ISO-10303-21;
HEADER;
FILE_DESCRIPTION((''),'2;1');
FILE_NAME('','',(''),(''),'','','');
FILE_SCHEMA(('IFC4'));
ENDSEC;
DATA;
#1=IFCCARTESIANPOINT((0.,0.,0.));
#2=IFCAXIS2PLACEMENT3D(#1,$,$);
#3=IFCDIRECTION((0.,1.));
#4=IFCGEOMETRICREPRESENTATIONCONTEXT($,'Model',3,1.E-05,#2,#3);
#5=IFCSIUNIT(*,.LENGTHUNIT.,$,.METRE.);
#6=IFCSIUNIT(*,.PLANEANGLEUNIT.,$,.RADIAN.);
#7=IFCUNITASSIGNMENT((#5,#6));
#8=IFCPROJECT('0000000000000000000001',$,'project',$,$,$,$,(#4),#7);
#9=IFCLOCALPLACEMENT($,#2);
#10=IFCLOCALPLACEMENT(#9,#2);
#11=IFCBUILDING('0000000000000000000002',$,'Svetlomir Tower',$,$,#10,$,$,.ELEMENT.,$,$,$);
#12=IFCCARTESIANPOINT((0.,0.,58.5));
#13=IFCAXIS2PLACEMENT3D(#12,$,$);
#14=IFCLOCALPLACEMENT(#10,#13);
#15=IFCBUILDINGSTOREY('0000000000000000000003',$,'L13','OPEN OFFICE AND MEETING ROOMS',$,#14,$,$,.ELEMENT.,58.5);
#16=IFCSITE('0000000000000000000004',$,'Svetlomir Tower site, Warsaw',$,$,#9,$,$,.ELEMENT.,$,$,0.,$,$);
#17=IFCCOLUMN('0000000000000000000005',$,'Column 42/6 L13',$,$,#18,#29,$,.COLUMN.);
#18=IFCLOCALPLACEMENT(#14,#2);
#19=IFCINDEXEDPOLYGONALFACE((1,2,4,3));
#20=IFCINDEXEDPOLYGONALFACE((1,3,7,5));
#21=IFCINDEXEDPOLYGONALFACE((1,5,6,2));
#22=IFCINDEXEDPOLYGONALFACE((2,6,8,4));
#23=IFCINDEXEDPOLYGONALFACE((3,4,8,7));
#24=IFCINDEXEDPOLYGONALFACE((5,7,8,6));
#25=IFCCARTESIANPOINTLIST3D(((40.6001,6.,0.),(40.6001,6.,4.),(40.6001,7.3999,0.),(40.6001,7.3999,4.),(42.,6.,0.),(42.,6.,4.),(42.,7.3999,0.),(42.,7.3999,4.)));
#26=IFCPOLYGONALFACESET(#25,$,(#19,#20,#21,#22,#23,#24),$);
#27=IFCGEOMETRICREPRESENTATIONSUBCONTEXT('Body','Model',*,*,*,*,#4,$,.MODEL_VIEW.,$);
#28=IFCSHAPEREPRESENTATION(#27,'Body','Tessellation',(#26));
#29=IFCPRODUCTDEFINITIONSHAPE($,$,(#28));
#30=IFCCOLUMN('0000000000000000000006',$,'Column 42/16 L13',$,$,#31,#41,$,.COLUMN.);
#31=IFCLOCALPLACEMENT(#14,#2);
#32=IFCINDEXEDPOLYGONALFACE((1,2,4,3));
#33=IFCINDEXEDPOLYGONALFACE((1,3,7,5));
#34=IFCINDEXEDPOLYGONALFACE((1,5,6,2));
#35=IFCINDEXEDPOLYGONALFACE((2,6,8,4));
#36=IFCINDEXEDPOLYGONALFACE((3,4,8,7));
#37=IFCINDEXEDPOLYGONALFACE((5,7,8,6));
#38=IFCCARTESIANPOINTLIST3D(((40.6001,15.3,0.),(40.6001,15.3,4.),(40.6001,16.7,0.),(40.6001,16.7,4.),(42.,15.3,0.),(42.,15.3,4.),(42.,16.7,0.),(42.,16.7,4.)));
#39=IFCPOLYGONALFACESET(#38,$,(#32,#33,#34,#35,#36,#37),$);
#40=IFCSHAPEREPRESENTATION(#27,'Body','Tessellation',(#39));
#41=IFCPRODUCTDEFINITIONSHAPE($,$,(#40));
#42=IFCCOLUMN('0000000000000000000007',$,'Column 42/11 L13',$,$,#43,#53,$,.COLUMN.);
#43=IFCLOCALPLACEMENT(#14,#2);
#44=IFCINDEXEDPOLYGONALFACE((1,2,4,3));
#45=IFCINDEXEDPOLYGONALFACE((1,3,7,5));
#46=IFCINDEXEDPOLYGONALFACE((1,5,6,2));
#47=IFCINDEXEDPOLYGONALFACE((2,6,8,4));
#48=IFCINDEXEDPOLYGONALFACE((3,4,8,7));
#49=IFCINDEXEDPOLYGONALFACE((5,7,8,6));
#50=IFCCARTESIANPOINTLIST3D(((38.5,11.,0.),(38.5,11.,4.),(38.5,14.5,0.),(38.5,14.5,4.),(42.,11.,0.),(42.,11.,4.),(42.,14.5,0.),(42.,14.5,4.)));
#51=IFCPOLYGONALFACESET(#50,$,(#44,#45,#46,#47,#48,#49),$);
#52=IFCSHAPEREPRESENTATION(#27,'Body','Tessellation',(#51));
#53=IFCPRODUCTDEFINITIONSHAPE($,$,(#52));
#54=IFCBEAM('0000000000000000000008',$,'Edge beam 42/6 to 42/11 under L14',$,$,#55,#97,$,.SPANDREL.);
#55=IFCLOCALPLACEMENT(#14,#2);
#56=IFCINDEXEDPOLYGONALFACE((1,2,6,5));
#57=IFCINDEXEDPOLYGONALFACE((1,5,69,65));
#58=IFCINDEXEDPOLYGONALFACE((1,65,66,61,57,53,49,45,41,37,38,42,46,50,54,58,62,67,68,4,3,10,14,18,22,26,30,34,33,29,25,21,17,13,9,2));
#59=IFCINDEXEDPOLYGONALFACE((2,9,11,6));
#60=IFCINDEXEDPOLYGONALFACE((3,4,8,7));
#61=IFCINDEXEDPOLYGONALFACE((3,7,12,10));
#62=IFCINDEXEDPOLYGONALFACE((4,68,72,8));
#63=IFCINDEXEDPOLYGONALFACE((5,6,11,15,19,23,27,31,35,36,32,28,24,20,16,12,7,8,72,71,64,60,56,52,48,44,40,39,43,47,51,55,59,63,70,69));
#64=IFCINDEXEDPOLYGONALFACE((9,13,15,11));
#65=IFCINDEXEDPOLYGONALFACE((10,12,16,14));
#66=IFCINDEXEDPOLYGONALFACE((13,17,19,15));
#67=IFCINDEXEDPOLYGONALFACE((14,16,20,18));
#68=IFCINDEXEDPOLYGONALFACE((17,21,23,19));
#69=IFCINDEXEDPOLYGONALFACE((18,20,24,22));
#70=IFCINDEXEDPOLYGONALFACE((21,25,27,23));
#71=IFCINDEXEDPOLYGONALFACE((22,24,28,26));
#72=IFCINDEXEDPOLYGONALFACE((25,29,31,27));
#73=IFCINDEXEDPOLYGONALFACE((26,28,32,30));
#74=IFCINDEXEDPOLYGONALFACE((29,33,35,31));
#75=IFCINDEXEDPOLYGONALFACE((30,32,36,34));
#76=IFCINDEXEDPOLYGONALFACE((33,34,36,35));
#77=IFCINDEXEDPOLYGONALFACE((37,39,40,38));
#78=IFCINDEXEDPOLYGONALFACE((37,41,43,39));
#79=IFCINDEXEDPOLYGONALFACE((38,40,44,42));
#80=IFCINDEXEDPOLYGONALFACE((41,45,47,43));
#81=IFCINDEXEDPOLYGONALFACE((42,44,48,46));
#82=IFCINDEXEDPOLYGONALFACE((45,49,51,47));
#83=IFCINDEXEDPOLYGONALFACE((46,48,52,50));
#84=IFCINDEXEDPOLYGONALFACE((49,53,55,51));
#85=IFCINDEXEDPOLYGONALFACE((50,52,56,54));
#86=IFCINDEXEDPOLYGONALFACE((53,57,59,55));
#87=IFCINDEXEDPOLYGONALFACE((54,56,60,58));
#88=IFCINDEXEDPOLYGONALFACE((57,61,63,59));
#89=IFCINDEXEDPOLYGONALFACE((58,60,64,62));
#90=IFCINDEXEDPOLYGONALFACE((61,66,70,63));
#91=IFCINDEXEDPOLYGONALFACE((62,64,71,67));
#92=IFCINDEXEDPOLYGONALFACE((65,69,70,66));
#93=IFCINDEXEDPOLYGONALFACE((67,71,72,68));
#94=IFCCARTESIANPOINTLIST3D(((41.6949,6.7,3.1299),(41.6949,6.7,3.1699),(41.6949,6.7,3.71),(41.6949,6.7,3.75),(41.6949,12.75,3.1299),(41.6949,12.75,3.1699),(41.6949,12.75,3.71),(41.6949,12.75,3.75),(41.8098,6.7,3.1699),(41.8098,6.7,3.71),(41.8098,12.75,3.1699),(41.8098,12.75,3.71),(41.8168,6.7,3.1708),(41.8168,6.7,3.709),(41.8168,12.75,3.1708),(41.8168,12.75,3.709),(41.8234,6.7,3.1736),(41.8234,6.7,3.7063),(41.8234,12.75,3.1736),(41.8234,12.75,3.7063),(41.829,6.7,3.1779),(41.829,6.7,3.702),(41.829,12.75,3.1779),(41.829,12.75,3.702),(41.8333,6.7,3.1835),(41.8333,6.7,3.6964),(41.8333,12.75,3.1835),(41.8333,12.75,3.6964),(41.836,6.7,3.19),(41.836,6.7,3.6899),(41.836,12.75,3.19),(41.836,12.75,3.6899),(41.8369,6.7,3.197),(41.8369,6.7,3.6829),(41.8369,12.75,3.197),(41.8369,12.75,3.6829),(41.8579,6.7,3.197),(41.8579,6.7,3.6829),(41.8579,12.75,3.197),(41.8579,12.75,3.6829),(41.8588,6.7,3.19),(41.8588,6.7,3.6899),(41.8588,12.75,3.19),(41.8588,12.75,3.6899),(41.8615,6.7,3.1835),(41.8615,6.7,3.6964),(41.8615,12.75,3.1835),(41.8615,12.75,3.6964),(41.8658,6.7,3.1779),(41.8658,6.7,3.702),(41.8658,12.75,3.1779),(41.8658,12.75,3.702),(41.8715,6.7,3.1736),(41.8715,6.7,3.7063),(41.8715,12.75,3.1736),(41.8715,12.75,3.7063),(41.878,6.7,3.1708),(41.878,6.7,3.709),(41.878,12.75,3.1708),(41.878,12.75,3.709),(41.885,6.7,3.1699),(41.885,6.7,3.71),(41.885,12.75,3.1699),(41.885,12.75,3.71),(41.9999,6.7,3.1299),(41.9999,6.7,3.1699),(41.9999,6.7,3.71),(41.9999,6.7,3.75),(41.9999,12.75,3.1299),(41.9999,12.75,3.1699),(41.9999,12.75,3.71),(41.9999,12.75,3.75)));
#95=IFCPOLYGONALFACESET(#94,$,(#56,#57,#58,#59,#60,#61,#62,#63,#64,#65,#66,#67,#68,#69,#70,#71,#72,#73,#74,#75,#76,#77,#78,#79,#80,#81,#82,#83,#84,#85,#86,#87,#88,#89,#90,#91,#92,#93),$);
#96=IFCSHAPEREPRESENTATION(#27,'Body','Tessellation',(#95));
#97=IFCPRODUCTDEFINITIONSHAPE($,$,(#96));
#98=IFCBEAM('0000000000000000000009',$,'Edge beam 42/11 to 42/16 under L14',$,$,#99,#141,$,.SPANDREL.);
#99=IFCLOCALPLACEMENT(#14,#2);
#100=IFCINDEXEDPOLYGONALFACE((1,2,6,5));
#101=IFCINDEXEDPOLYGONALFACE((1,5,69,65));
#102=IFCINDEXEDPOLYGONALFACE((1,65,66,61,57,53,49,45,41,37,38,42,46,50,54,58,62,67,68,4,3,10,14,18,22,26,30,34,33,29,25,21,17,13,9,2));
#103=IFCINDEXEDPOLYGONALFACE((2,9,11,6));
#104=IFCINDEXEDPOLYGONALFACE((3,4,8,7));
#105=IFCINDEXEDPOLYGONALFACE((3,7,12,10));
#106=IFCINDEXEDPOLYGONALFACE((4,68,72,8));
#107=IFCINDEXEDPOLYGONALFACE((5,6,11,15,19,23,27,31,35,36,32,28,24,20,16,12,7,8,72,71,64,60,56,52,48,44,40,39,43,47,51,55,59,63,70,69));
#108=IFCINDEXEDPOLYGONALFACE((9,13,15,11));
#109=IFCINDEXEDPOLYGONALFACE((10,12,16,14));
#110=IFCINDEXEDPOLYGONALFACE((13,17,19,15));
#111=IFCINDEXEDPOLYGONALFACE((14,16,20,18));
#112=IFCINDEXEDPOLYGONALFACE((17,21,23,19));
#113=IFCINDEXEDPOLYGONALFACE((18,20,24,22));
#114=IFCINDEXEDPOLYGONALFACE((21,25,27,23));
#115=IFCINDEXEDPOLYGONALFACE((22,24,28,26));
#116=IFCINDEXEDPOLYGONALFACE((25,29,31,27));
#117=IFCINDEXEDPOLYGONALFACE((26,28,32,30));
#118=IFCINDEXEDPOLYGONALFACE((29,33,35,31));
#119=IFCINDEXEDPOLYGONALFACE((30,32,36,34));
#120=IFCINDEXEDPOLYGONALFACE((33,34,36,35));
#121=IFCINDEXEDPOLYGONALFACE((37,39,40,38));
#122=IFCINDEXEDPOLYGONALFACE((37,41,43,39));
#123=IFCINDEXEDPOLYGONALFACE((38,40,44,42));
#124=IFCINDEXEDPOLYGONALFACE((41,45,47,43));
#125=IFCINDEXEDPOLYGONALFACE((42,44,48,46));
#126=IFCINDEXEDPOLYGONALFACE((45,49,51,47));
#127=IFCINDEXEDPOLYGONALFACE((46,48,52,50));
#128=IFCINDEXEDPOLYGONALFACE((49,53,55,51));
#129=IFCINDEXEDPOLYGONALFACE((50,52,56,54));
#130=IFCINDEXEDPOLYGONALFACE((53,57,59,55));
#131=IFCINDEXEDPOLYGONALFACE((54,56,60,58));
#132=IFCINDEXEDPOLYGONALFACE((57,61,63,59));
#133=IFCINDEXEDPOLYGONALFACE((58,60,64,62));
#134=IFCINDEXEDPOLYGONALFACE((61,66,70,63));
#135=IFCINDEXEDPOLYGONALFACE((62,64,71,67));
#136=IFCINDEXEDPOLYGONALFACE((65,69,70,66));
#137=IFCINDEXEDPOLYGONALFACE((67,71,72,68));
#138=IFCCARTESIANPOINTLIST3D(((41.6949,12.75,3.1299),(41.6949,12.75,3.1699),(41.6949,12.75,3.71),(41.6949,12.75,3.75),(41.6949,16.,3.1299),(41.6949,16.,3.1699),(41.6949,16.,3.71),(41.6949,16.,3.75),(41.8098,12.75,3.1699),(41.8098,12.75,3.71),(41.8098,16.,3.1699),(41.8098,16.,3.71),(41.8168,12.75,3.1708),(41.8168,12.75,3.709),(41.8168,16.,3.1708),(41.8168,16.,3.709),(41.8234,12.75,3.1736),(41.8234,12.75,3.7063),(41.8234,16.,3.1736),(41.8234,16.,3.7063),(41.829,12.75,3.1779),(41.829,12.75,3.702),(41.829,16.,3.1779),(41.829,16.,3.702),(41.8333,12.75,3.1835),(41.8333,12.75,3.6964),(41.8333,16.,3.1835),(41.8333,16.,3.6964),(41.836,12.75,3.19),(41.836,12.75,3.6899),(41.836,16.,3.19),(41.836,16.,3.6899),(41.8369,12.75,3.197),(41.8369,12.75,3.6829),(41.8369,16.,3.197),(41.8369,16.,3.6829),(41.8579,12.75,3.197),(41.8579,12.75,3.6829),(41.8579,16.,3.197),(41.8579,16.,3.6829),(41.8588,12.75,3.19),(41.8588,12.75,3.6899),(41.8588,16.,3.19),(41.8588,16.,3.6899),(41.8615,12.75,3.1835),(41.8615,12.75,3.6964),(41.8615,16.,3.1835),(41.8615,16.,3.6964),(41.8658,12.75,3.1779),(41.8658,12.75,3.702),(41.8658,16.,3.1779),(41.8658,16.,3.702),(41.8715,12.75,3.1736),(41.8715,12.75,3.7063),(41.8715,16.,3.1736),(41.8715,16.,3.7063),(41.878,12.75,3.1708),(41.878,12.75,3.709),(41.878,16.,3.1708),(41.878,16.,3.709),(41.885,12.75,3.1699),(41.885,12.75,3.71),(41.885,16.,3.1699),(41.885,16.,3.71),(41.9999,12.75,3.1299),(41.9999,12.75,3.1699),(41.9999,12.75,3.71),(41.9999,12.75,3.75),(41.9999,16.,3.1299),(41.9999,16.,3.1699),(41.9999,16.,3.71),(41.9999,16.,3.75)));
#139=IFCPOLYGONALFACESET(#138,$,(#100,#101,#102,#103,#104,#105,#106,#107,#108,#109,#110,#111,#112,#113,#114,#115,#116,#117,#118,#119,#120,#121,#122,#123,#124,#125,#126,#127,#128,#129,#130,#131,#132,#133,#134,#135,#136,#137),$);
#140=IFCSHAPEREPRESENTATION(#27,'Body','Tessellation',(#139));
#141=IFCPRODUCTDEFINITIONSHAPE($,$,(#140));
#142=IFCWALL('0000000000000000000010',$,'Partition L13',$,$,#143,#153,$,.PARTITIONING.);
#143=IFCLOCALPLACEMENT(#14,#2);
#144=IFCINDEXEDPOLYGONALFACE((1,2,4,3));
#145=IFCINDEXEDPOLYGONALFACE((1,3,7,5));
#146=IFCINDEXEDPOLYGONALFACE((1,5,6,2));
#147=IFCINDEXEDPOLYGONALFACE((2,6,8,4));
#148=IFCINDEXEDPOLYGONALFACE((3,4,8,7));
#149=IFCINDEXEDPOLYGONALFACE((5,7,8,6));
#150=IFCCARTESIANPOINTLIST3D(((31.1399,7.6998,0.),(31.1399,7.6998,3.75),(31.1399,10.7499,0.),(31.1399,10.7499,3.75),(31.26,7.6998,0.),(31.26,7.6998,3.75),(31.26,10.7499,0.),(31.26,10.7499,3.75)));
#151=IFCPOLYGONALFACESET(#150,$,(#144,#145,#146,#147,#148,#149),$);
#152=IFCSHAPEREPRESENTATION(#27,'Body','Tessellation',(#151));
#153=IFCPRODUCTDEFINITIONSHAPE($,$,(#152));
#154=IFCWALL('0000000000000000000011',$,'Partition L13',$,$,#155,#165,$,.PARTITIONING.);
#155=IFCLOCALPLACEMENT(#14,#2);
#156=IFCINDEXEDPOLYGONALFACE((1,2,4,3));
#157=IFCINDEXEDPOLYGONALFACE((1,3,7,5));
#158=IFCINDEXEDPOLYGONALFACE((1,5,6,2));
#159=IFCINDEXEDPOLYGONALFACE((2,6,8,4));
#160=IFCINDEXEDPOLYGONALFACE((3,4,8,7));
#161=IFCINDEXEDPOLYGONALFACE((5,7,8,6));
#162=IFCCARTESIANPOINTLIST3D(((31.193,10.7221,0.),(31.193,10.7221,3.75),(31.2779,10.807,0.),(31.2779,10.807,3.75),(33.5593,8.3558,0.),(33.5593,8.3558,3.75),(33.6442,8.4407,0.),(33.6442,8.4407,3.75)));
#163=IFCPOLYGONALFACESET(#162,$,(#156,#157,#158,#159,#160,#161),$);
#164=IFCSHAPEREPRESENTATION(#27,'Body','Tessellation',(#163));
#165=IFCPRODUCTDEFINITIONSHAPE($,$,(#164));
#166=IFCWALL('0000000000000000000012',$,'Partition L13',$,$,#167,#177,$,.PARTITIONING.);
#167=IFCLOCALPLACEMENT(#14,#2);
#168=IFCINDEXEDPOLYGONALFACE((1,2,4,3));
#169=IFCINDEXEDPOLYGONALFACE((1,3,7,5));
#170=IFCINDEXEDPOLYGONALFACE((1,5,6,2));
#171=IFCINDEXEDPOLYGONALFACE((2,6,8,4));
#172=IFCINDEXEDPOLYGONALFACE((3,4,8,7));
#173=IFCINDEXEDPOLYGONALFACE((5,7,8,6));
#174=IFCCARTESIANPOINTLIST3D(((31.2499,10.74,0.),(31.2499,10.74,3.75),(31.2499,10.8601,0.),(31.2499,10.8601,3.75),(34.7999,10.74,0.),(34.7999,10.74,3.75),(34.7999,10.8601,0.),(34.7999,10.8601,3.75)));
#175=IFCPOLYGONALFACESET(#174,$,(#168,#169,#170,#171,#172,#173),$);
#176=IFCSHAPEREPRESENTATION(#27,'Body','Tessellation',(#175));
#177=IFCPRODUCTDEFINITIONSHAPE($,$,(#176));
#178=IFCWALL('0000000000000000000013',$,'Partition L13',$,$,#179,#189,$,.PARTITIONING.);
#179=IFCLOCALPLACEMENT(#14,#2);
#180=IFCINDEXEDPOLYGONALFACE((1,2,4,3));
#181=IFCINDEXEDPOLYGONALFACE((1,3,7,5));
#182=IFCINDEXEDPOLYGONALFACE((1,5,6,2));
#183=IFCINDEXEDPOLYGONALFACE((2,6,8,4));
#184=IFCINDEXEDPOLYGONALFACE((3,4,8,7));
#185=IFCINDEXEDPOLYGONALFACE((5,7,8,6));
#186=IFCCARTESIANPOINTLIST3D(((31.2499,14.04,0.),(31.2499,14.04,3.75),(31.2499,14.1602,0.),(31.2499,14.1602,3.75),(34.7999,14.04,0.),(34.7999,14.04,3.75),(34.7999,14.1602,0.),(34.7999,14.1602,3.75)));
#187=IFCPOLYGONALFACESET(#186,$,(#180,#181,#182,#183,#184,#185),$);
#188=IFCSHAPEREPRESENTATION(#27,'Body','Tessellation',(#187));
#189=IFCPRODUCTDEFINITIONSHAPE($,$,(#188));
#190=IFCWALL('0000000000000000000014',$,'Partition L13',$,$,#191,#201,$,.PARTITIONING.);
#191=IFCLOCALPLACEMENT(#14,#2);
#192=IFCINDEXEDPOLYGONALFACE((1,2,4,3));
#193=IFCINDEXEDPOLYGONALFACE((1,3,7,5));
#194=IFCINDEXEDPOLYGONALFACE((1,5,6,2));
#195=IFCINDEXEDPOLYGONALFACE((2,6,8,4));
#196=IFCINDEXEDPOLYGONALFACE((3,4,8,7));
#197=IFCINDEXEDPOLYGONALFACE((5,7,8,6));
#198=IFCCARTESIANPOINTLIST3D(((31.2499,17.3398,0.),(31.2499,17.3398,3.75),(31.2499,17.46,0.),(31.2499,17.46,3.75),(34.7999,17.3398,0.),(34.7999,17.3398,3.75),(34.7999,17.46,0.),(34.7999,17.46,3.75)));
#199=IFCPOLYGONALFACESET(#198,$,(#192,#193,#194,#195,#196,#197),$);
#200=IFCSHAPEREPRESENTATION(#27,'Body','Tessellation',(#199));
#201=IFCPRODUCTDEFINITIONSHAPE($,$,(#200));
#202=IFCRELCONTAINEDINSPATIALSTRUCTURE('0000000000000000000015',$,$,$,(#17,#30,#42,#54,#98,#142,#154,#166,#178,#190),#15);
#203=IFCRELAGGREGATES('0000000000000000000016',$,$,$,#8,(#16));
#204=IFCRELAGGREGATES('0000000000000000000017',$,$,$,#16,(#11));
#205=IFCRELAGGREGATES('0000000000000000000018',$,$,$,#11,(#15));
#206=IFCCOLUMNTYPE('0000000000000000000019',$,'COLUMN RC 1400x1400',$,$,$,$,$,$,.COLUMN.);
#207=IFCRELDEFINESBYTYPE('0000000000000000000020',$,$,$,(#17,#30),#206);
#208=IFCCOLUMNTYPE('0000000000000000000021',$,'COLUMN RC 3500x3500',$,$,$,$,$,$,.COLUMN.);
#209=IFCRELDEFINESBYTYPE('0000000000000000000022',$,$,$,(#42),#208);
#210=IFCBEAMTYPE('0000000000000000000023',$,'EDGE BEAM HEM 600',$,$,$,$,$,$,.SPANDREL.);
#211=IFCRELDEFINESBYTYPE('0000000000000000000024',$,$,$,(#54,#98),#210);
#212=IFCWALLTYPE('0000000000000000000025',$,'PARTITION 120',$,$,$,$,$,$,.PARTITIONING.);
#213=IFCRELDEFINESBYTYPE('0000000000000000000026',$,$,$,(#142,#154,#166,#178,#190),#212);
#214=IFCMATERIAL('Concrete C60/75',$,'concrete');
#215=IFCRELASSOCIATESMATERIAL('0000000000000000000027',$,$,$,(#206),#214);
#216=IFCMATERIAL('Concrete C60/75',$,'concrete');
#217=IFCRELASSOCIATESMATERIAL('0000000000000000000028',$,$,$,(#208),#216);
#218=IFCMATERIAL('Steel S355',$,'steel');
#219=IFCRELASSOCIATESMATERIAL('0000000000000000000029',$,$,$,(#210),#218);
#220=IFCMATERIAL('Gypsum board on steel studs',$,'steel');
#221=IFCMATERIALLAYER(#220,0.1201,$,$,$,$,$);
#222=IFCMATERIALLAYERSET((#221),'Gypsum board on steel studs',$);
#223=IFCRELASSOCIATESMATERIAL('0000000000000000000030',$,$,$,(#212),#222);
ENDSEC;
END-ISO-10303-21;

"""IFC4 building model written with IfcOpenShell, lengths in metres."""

from ifc_helpers import new_model, si_unit, direction, frame, frame_2d, origin, origin_2d, place, context, subcontext, project, spatial, rectangle, i_section, extrude, material, layer, layer_set, material_profile, profile_set, type_object, element, save


model = new_model("IFC4")

# Units and contexts
model_context = context("Model", 3, precision=1e-05, world=origin(), true_north=direction((0.0, 1.0)))
body_context = subcontext(model_context, "Body", "Model", "MODEL_VIEW")
ifc_project = project(units=[si_unit("LENGTHUNIT", "METRE"), si_unit("PLANEANGLEUNIT", "RADIAN")], contexts=[model_context])

# Site, building, storey
site_placement = place(None, origin())
site = spatial("IfcSite", under=ifc_project, at=site_placement, Name="Svetlomir Tower site, Warsaw", CompositionType="ELEMENT", RefElevation=0.0)
building_placement = place(site_placement, origin())
building = spatial("IfcBuilding", under=site, at=building_placement, Name="Svetlomir Tower", CompositionType="ELEMENT")
storey_placement = place(building_placement, frame((0.0, 0.0, 58.5)))
storey = spatial("IfcBuildingStorey", under=building, at=storey_placement, Name="L13", Description="OPEN OFFICE AND MEETING ROOMS", CompositionType="ELEMENT", Elevation=58.5)

# Columns
ifc_material_1 = material(Name="Concrete C60/75", Category="concrete")
ifc_material_profile_1 = material_profile(ifc_material_1, rectangle(XDim=1.3999, YDim=1.3999, at=origin_2d()), Name="RC 1400x1400")
ifc_profile_set_1 = profile_set([ifc_material_profile_1], Name="Concrete C60/75")
column_type_1 = type_object("IfcColumnType", Name="COLUMN RC 1400x1400", PredefinedType="COLUMN", material=ifc_profile_set_1)
for number, where, z_axis, x_axis, name in (
    (1, (41.3, 6.7, 0.0), (0.0, 0.0, 1.0), (1.0, 0.0, 0.0), "Column 42/6 L13"),
    (2, (41.3, 16.0, 0.0), (0.0, 0.0, 1.0), (1.0, 0.0, 0.0), "Column 42/16 L13"),
):
    element("IfcColumn", number, at=place(storey_placement, frame(where, z_axis=z_axis, x_axis=x_axis)), inside=storey, type_object=column_type_1, Name=name, PredefinedType="COLUMN", context=body_context, shape_type="SweptSolid", body=[
        extrude(rectangle(XDim=1.3999, YDim=1.3999, at=origin_2d()), origin(), (0.0, 0.0, 1.0), 4.0),
    ])
ifc_material_2 = material(Name="Concrete C60/75", Category="concrete")
ifc_material_profile_2 = material_profile(ifc_material_2, rectangle(XDim=3.5, YDim=3.5, at=origin_2d()), Name="RC 3500x3500")
ifc_profile_set_2 = profile_set([ifc_material_profile_2], Name="Concrete C60/75")
column_type_2 = type_object("IfcColumnType", Name="COLUMN RC 3500x3500", PredefinedType="COLUMN", material=ifc_profile_set_2)
column_placement = place(storey_placement, frame((40.25, 12.75, 0.0), z_axis=(0.0, 0.0, 1.0), x_axis=(1.0, 0.0, 0.0)))
element("IfcColumn", 3, at=column_placement, inside=storey, type_object=column_type_2, Name="Column 42/11 L13", PredefinedType="COLUMN", context=body_context, shape_type="SweptSolid", body=[
    extrude(rectangle(XDim=3.5, YDim=3.5, at=origin_2d()), origin(), (0.0, 0.0, 1.0), 4.0),
])

# Beams
ifc_material_3 = material(Name="Steel S355", Category="steel")
ifc_material_profile_3 = material_profile(ifc_material_3, i_section(OverallWidth=0.3049, OverallDepth=0.6201, WebThickness=0.021, FlangeThickness=0.04, FilletRadius=0.0271, at=origin_2d()), Name="HEM 600")
ifc_profile_set_3 = profile_set([ifc_material_profile_3], Name="Steel S355")
beam_type = type_object("IfcBeamType", Name="EDGE BEAM HEM 600", PredefinedType="SPANDREL", material=ifc_profile_set_3)
beam_1_placement = place(storey_placement, frame((41.8474, 6.7, 3.4399), z_axis=(0.0, 1.0, 0.0), x_axis=(-1.0, 0.0, 0.0)))
element("IfcBeam", 4, at=beam_1_placement, inside=storey, type_object=beam_type, Name="Edge beam 42/6 to 42/11 under L14", PredefinedType="SPANDREL", context=body_context, shape_type="SweptSolid", body=[
    extrude(i_section(OverallWidth=0.3049, OverallDepth=0.6201, WebThickness=0.021, FlangeThickness=0.04, FilletRadius=0.0271, at=origin_2d()), origin(), (0.0, 0.0, 1.0), 6.05),
])
beam_2_placement = place(storey_placement, frame((41.8474, 12.75, 3.4399), z_axis=(0.0, 1.0, 0.0), x_axis=(-1.0, 0.0, 0.0)))
element("IfcBeam", 5, at=beam_2_placement, inside=storey, type_object=beam_type, Name="Edge beam 42/11 to 42/16 under L14", PredefinedType="SPANDREL", context=body_context, shape_type="SweptSolid", body=[
    extrude(i_section(OverallWidth=0.3049, OverallDepth=0.6201, WebThickness=0.021, FlangeThickness=0.04, FilletRadius=0.0271, at=origin_2d()), origin(), (0.0, 0.0, 1.0), 3.25),
])

# Walls
ifc_material_4 = material(Name="Gypsum board on steel studs", Category="steel")
ifc_layer = layer(ifc_material_4, 0.1201)
ifc_layer_set = layer_set([ifc_layer], Name="Gypsum board on steel studs")
wall_type = type_object("IfcWallType", Name="PARTITION 120", PredefinedType="PARTITIONING", material=ifc_layer_set)
wall_1_placement = place(storey_placement, frame((31.2, 7.7, 0.0), z_axis=(0.0, 0.0, 1.0), x_axis=(0.0, 1.0, 0.0)))
element("IfcWall", 6, at=wall_1_placement, inside=storey, type_object=wall_type, Name="Partition L13", PredefinedType="PARTITIONING", context=body_context, shape_type="SweptSolid", body=[
    extrude(rectangle(XDim=3.05, YDim=0.1201, at=frame_2d((1.5249, 0.0))), origin(), (0.0, 0.0, 1.0), 3.75),
])
wall_2_placement = place(storey_placement, frame((31.2354, 10.7646, 0.0), z_axis=(0.0, 0.0, 1.0), x_axis=(0.707107, -0.707107, 0.0)))
element("IfcWall", 7, at=wall_2_placement, inside=storey, type_object=wall_type, Name="Partition L13", PredefinedType="PARTITIONING", context=body_context, shape_type="SweptSolid", body=[
    extrude(rectangle(XDim=3.3464, YDim=0.1201, at=frame_2d((1.6733, 0.0))), origin(), (0.0, 0.0, 1.0), 3.75),
])
for number, where, z_axis, x_axis, name in (
    (8, (31.25, 10.8, 0.0), (0.0, 0.0, 1.0), (1.0, 0.0, 0.0), "Partition L13"),
    (9, (31.25, 14.1001, 0.0), (0.0, 0.0, 1.0), (1.0, 0.0, 0.0), "Partition L13"),
    (10, (31.25, 17.3999, 0.0), (0.0, 0.0, 1.0), (1.0, 0.0, 0.0), "Partition L13"),
):
    element("IfcWall", number, at=place(storey_placement, frame(where, z_axis=z_axis, x_axis=x_axis)), inside=storey, type_object=wall_type, Name=name, PredefinedType="PARTITIONING", context=body_context, shape_type="SweptSolid", body=[
        extrude(rectangle(XDim=3.55, YDim=0.1201, at=frame_2d((1.7749, 0.0))), origin(), (0.0, 0.0, 1.0), 3.75),
    ])

save(model, "model.ifc")
